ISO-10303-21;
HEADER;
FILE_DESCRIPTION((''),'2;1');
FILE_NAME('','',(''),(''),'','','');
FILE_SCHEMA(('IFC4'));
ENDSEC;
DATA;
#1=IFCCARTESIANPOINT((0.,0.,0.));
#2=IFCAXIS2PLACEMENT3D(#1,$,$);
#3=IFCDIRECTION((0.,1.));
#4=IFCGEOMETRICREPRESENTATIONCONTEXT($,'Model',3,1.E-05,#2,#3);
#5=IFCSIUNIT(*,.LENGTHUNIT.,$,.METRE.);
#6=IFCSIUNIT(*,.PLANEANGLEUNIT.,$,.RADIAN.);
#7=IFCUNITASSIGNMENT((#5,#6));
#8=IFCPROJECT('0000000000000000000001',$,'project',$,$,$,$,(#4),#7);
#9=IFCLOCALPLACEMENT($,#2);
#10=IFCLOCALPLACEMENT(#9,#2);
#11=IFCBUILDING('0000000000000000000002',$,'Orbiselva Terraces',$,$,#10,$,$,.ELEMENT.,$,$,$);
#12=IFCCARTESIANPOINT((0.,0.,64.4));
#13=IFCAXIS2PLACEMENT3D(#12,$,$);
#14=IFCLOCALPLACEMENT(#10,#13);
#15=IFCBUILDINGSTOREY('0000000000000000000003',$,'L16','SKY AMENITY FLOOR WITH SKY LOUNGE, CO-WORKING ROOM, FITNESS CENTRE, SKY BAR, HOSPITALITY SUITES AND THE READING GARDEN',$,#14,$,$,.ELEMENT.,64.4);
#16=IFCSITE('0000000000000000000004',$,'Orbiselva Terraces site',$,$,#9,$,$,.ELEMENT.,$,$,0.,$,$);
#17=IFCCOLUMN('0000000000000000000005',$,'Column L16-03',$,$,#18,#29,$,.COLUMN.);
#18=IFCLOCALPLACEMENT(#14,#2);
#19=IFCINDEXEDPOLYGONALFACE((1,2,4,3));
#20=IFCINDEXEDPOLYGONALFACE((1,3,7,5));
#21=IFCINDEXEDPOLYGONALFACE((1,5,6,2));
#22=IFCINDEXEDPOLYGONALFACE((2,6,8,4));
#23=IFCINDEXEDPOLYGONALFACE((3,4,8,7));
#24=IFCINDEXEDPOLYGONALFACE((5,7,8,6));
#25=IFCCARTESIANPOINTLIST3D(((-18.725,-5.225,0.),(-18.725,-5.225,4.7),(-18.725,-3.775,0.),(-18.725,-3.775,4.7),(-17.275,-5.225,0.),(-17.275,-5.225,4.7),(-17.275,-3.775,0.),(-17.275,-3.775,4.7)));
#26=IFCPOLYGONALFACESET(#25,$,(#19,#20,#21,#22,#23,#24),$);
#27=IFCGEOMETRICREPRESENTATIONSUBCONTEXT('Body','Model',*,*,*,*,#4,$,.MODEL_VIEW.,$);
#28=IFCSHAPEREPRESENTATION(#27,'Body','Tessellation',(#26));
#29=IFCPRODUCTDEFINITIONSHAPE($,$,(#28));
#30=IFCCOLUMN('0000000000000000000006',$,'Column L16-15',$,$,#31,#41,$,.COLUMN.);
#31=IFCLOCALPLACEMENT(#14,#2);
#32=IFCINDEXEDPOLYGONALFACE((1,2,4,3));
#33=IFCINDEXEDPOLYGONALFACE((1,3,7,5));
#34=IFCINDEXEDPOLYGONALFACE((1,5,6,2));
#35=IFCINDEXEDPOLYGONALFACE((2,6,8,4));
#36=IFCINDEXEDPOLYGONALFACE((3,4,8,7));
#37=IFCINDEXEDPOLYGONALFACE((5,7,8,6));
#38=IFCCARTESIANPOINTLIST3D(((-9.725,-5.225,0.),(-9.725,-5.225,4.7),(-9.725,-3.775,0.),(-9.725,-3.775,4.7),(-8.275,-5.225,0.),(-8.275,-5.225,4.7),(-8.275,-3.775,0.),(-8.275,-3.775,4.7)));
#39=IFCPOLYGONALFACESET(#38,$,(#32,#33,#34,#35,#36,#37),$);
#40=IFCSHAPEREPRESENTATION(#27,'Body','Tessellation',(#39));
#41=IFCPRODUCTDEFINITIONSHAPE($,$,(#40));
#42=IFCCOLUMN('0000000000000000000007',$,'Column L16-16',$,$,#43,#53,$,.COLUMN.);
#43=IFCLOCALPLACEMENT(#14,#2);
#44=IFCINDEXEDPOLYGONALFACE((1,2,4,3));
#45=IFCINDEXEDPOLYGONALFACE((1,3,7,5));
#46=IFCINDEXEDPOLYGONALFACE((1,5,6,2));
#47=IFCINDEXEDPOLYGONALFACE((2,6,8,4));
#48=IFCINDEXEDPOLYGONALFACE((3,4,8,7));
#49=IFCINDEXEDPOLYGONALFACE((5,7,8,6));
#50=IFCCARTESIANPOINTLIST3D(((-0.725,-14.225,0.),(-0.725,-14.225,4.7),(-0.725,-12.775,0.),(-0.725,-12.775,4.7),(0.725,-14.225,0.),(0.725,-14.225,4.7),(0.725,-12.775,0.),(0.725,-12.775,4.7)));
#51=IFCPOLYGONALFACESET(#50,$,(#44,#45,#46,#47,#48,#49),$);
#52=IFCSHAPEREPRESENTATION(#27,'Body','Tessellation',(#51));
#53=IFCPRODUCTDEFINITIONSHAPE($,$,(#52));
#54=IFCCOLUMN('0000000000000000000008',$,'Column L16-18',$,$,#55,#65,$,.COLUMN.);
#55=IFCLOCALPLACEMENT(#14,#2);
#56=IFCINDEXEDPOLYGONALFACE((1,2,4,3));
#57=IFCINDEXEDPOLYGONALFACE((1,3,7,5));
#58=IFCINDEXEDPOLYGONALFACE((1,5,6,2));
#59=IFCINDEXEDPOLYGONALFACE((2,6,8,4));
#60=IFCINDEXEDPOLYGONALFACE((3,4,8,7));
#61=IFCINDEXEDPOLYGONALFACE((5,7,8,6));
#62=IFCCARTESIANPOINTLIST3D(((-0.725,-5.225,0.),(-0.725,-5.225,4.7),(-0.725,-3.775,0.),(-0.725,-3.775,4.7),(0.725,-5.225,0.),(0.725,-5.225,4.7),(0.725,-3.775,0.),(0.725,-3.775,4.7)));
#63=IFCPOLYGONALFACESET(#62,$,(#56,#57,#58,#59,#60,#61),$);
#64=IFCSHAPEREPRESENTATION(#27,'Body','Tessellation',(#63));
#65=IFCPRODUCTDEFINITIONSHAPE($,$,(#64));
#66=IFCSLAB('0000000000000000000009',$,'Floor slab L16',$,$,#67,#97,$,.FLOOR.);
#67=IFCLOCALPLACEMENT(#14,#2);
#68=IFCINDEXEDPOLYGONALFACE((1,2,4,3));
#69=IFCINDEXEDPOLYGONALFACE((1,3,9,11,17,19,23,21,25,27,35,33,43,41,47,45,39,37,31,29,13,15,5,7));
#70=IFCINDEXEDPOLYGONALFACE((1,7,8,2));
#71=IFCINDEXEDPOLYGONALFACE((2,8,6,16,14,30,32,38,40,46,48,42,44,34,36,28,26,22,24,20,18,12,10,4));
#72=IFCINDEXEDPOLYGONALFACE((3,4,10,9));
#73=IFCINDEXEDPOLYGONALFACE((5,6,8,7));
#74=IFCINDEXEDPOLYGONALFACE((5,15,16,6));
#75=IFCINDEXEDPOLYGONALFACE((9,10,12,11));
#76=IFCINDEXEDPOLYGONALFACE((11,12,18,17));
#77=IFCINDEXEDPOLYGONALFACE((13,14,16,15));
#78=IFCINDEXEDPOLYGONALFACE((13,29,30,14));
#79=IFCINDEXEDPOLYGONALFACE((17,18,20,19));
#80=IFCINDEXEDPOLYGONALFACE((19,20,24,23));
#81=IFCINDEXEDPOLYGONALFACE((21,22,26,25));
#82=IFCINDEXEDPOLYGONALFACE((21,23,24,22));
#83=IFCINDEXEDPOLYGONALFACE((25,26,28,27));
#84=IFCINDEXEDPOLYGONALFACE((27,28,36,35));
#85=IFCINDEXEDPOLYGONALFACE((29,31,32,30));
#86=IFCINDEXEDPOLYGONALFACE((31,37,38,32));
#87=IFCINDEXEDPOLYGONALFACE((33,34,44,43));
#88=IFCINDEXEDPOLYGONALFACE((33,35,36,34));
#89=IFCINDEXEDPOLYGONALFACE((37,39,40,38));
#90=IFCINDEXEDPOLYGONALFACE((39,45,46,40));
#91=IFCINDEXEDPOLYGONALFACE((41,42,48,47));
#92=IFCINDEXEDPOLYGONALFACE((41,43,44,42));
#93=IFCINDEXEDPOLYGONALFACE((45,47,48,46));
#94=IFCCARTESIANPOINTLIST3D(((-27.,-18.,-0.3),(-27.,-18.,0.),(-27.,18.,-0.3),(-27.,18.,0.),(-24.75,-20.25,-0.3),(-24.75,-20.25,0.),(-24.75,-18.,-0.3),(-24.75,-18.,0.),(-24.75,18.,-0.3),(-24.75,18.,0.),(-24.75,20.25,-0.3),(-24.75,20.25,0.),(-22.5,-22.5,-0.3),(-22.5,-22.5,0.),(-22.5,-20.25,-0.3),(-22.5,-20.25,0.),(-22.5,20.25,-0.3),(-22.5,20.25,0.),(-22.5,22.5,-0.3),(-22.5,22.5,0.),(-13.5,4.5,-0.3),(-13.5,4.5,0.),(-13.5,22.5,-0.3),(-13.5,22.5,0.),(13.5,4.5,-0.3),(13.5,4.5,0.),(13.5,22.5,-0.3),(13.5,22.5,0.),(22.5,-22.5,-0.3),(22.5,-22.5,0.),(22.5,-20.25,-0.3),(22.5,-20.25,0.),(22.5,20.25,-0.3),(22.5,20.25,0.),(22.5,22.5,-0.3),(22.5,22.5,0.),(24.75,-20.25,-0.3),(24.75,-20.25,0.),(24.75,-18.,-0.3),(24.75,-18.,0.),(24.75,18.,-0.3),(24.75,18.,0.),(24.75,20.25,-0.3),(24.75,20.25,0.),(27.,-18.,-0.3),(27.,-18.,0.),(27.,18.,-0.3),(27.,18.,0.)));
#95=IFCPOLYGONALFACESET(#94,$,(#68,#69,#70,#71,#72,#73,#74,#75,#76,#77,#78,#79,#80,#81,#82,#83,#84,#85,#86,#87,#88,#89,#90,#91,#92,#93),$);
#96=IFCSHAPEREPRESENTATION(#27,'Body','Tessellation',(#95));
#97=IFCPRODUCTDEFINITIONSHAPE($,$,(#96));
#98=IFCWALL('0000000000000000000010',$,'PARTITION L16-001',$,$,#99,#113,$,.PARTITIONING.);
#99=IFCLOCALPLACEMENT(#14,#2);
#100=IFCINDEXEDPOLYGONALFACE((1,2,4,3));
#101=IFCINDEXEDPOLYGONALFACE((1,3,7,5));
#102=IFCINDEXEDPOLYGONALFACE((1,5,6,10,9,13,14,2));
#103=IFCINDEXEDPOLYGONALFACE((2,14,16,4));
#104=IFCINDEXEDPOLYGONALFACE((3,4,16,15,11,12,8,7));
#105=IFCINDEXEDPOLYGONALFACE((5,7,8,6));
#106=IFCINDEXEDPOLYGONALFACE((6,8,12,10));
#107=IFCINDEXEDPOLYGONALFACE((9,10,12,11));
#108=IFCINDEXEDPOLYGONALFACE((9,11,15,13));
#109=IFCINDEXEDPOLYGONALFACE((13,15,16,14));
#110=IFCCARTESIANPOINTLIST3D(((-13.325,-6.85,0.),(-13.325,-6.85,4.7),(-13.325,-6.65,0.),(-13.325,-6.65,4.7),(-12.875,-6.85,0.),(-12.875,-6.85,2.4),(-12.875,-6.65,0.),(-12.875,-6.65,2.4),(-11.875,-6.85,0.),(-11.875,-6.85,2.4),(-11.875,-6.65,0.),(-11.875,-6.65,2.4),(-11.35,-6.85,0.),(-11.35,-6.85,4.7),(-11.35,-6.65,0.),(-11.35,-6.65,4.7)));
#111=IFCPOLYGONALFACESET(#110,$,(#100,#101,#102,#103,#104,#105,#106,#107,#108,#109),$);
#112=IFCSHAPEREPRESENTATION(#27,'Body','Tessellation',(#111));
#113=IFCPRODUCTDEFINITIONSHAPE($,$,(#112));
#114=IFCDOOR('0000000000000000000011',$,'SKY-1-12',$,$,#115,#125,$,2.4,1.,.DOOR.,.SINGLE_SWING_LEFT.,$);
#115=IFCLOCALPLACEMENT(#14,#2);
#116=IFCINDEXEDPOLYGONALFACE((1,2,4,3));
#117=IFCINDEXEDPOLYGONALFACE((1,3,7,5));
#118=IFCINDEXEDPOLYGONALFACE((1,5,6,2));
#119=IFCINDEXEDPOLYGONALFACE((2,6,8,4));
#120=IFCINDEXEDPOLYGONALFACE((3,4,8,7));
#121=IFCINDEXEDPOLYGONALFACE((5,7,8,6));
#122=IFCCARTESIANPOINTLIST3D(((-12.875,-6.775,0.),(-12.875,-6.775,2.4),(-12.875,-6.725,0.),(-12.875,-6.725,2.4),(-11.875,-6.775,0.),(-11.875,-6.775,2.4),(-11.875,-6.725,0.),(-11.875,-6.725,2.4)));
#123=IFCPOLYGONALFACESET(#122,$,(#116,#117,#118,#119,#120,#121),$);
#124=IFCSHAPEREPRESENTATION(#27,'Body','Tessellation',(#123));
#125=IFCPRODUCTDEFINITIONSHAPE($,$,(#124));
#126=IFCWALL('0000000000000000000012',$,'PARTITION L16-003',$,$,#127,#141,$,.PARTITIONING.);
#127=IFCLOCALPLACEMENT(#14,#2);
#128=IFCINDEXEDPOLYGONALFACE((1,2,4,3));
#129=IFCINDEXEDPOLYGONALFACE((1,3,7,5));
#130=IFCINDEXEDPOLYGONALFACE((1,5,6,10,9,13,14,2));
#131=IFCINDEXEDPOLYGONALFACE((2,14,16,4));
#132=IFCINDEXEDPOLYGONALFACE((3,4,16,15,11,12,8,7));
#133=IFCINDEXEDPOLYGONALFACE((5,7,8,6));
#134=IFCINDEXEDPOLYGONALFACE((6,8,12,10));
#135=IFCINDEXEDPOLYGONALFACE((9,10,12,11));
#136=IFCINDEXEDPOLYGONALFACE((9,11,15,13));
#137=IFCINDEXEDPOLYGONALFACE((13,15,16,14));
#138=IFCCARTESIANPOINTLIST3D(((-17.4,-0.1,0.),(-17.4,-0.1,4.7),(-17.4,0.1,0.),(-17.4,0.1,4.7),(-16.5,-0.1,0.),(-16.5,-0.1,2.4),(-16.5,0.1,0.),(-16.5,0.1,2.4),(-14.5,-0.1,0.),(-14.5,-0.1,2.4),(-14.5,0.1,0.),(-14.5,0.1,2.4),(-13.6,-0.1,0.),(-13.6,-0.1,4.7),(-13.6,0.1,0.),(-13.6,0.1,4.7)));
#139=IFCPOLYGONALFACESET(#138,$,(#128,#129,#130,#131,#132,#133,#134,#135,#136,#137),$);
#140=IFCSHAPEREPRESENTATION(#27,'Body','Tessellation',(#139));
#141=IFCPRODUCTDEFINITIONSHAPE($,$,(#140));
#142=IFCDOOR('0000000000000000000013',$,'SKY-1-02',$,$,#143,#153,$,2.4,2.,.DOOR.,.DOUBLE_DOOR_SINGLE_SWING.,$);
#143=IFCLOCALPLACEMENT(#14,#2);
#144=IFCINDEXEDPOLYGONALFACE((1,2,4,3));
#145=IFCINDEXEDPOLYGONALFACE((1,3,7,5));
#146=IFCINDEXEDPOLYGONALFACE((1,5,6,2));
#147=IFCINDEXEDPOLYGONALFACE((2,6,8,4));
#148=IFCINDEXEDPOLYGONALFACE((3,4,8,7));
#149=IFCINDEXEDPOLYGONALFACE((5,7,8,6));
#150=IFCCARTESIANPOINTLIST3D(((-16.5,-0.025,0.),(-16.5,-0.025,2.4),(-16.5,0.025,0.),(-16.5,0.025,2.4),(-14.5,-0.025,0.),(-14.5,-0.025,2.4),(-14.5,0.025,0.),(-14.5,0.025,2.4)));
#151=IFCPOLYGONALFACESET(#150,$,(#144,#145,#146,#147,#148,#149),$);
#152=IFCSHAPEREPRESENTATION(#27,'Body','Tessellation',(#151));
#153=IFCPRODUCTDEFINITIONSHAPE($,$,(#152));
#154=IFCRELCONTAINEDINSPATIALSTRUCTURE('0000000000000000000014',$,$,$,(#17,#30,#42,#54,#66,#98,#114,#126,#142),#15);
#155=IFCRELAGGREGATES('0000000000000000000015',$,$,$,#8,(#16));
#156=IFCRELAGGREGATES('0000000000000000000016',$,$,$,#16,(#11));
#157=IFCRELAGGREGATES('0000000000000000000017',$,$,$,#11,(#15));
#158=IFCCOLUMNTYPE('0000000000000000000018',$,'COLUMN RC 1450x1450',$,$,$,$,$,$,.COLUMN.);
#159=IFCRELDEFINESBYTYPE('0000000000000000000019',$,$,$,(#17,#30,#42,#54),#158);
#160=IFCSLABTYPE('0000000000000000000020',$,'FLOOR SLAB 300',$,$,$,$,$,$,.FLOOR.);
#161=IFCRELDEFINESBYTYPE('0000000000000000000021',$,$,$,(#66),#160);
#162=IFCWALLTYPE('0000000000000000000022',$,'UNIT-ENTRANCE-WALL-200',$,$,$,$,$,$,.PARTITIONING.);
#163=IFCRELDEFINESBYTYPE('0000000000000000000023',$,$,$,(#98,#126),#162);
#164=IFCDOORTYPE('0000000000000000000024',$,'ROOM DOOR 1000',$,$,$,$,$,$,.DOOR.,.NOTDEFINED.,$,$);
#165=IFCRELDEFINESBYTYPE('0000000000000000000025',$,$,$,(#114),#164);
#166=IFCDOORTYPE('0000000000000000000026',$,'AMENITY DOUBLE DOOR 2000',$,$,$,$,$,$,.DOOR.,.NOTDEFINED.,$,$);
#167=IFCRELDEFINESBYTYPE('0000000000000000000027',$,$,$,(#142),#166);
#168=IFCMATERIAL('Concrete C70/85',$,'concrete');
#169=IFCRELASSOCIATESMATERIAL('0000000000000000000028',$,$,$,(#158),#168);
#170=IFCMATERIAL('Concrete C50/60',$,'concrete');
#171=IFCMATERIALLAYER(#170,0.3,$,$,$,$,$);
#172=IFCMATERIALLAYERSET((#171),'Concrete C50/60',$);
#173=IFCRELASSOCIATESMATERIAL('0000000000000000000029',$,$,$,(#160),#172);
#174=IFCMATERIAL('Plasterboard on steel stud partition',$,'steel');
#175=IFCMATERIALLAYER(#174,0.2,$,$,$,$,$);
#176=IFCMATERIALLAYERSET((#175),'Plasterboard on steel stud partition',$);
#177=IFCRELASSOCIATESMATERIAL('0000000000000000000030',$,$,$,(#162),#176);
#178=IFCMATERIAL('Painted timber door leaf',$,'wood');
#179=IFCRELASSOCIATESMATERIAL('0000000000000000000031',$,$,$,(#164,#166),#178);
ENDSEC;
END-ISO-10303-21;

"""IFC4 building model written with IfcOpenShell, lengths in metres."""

from ifc_helpers import new_model, si_unit, direction, frame, frame_2d, origin, origin_2d, place, context, subcontext, project, spatial, polyline, rectangle, outline, extrude, material, layer, layer_set, material_profile, profile_set, type_object, element, fill, save


model = new_model("IFC4")

# Units and contexts
model_context = context("Model", 3, precision=1e-05, world=origin(), true_north=direction((0.0, 1.0)))
body_context = subcontext(model_context, "Body", "Model", "MODEL_VIEW")
ifc_project = project(units=[si_unit("LENGTHUNIT", "METRE"), si_unit("PLANEANGLEUNIT", "RADIAN")], contexts=[model_context])

# Site, building, storey
site_placement = place(None, origin())
site = spatial("IfcSite", under=ifc_project, at=site_placement, Name="Orbiselva Terraces site", CompositionType="ELEMENT", RefElevation=0.0)
building_placement = place(site_placement, origin())
building = spatial("IfcBuilding", under=site, at=building_placement, Name="Orbiselva Terraces", CompositionType="ELEMENT")
storey_placement = place(building_placement, frame((0.0, 0.0, 64.4)))
storey = spatial("IfcBuildingStorey", under=building, at=storey_placement, Name="L16", Description="SKY AMENITY FLOOR WITH SKY LOUNGE, CO-WORKING ROOM, FITNESS CENTRE, SKY BAR, HOSPITALITY SUITES AND THE READING GARDEN", CompositionType="ELEMENT", Elevation=64.4)

# Columns
ifc_material_1 = material(Name="Concrete C70/85", Category="concrete")
ifc_material_profile = material_profile(ifc_material_1, rectangle(XDim=1.45, YDim=1.45, at=origin_2d()), Name="RC 1450x1450")
ifc_profile_set = profile_set([ifc_material_profile], Name="Concrete C70/85")
column_type = type_object("IfcColumnType", Name="COLUMN RC 1450x1450", PredefinedType="COLUMN", material=ifc_profile_set)
for number, where, z_axis, x_axis, name in (
    (1, (-18.0, -4.5, 0.0), (0.0, 0.0, 1.0), (1.0, 0.0, 0.0), "Column L16-03"),
    (2, (-9.0, -4.5, 0.0), (0.0, 0.0, 1.0), (1.0, 0.0, 0.0), "Column L16-15"),
    (3, (0.0, -13.5, 0.0), (0.0, 0.0, 1.0), (1.0, 0.0, 0.0), "Column L16-16"),
    (4, (0.0, -4.5, 0.0), (0.0, 0.0, 1.0), (1.0, 0.0, 0.0), "Column L16-18"),
):
    element("IfcColumn", number, at=place(storey_placement, frame(where, z_axis=z_axis, x_axis=x_axis)), inside=storey, type_object=column_type, Name=name, PredefinedType="COLUMN", context=body_context, shape_type="SweptSolid", body=[
        extrude(rectangle(XDim=1.45, YDim=1.45, at=origin_2d()), origin(), (0.0, 0.0, 1.0), 4.7),
    ])

# Slab
ifc_material_2 = material(Name="Concrete C50/60", Category="concrete")
ifc_layer_1 = layer(ifc_material_2, 0.3)
ifc_layer_set_1 = layer_set([ifc_layer_1], Name="Concrete C50/60")
slab_type = type_object("IfcSlabType", Name="FLOOR SLAB 300", PredefinedType="FLOOR", material=ifc_layer_set_1)
slab_placement = place(storey_placement, frame((0.0, 0.0, -0.3)))
element("IfcSlab", 5, at=slab_placement, inside=storey, type_object=slab_type, Name="Floor slab L16", PredefinedType="FLOOR", context=body_context, shape_type="SweptSolid", body=[
    extrude(outline(polyline([(22.5, 22.5), (22.5, 20.25), (24.75, 20.25), (24.75, 18.0), (27.0, 18.0), (27.0, -18.0), (24.75, -18.0), (24.75, -20.25), (22.5, -20.25), (22.5, -22.5), (-22.5, -22.5), (-22.5, -20.25), (-24.75, -20.25), (-24.75, -18.0), (-27.0, -18.0), (-27.0, 18.0), (-24.75, 18.0), (-24.75, 20.25), (-22.5, 20.25), (-22.5, 22.5), (-13.5, 22.5), (-13.5, 4.5), (13.5, 4.5), (13.5, 22.5), (22.5, 22.5)])), origin(), (0.0, 0.0, 1.0), 0.3),
])

# Walls, openings, doors
ifc_material_3 = material(Name="Plasterboard on steel stud partition", Category="steel")
ifc_layer_2 = layer(ifc_material_3, 0.2)
ifc_layer_set_2 = layer_set([ifc_layer_2], Name="Plasterboard on steel stud partition")
wall_type_1 = type_object("IfcWallType", Name="UNIT-ENTRANCE-WALL-200", PredefinedType="PARTITIONING", material=ifc_layer_set_2)
wall_1_placement = place(storey_placement, frame((-13.325, -6.75, 0.0), z_axis=(0.0, 0.0, 1.0), x_axis=(1.0, 0.0, 0.0)))
wall_1 = element("IfcWall", 6, at=wall_1_placement, inside=storey, type_object=wall_type_1, Name="PARTITION L16-001", PredefinedType="PARTITIONING", context=body_context, shape_type="SweptSolid", body=[
    extrude(rectangle(XDim=1.975, YDim=0.2, at=frame_2d((0.9875, 0.0))), origin(), (0.0, 0.0, 1.0), 4.7),
])
opening_1_placement = place(wall_1_placement, frame((0.45, 0.0, 0.0)))
opening_1 = element("IfcOpeningElement", 7, at=opening_1_placement, cuts=wall_1, PredefinedType="OPENING", context=body_context, shape_type="SweptSolid", body=[
    extrude(rectangle(XDim=1.0, YDim=2.4, at=frame_2d((0.5, 1.2))), frame((0.0, 0.11, 0.0), z_axis=(0.0, -1.0, 0.0), x_axis=(1.0, 0.0, 0.0)), (0.0, 0.0, 1.0), 0.22),
])
ifc_material_4 = material(Name="Painted timber door leaf", Category="wood")
door_type_1 = type_object("IfcDoorType", Name="ROOM DOOR 1000", OperationType="NOTDEFINED", PredefinedType="DOOR", material=ifc_material_4)
door_1_placement = place(opening_1_placement, origin())
door_1 = element("IfcDoor", 8, at=door_1_placement, inside=storey, type_object=door_type_1, Name="SKY-1-12", OperationType="SINGLE_SWING_LEFT", OverallHeight=2.4, OverallWidth=1.0, PredefinedType="DOOR", context=body_context, shape_type="SweptSolid", body=[
    extrude(rectangle(XDim=1.0, YDim=2.4, at=frame_2d((0.5, 1.2))), frame((0.0, 0.025, 0.0), z_axis=(0.0, -1.0, 0.0), x_axis=(1.0, 0.0, 0.0)), (0.0, 0.0, 1.0), 0.05),
])
fill(opening_1, door_1)
wall_2_placement = place(storey_placement, frame((-17.4, 0.0, 0.0), z_axis=(0.0, 0.0, 1.0), x_axis=(1.0, 0.0, 0.0)))
wall_2 = element("IfcWall", 9, at=wall_2_placement, inside=storey, type_object=wall_type_1, Name="PARTITION L16-003", PredefinedType="PARTITIONING", context=body_context, shape_type="SweptSolid", body=[
    extrude(rectangle(XDim=3.8, YDim=0.2, at=frame_2d((1.9, 0.0))), origin(), (0.0, 0.0, 1.0), 4.7),
])
opening_2_placement = place(wall_2_placement, frame((0.9, 0.0, 0.0)))
opening_2 = element("IfcOpeningElement", 10, at=opening_2_placement, cuts=wall_2, PredefinedType="OPENING", context=body_context, shape_type="SweptSolid", body=[
    extrude(rectangle(XDim=2.0, YDim=2.4, at=frame_2d((1.0, 1.2))), frame((0.0, 0.11, 0.0), z_axis=(0.0, -1.0, 0.0), x_axis=(1.0, 0.0, 0.0)), (0.0, 0.0, 1.0), 0.22),
])
door_type_2 = type_object("IfcDoorType", Name="AMENITY DOUBLE DOOR 2000", OperationType="NOTDEFINED", PredefinedType="DOOR", material=ifc_material_4)
door_2_placement = place(opening_2_placement, origin())
door_2 = element("IfcDoor", 11, at=door_2_placement, inside=storey, type_object=door_type_2, Name="SKY-1-02", OperationType="DOUBLE_DOOR_SINGLE_SWING", OverallHeight=2.4, OverallWidth=2.0, PredefinedType="DOOR", context=body_context, shape_type="SweptSolid", body=[
    extrude(rectangle(XDim=2.0, YDim=2.4, at=frame_2d((1.0, 1.2))), frame((0.0, 0.025, 0.0), z_axis=(0.0, -1.0, 0.0), x_axis=(1.0, 0.0, 0.0)), (0.0, 0.0, 1.0), 0.05),
])
fill(opening_2, door_2)

save(model, "model.ifc")
